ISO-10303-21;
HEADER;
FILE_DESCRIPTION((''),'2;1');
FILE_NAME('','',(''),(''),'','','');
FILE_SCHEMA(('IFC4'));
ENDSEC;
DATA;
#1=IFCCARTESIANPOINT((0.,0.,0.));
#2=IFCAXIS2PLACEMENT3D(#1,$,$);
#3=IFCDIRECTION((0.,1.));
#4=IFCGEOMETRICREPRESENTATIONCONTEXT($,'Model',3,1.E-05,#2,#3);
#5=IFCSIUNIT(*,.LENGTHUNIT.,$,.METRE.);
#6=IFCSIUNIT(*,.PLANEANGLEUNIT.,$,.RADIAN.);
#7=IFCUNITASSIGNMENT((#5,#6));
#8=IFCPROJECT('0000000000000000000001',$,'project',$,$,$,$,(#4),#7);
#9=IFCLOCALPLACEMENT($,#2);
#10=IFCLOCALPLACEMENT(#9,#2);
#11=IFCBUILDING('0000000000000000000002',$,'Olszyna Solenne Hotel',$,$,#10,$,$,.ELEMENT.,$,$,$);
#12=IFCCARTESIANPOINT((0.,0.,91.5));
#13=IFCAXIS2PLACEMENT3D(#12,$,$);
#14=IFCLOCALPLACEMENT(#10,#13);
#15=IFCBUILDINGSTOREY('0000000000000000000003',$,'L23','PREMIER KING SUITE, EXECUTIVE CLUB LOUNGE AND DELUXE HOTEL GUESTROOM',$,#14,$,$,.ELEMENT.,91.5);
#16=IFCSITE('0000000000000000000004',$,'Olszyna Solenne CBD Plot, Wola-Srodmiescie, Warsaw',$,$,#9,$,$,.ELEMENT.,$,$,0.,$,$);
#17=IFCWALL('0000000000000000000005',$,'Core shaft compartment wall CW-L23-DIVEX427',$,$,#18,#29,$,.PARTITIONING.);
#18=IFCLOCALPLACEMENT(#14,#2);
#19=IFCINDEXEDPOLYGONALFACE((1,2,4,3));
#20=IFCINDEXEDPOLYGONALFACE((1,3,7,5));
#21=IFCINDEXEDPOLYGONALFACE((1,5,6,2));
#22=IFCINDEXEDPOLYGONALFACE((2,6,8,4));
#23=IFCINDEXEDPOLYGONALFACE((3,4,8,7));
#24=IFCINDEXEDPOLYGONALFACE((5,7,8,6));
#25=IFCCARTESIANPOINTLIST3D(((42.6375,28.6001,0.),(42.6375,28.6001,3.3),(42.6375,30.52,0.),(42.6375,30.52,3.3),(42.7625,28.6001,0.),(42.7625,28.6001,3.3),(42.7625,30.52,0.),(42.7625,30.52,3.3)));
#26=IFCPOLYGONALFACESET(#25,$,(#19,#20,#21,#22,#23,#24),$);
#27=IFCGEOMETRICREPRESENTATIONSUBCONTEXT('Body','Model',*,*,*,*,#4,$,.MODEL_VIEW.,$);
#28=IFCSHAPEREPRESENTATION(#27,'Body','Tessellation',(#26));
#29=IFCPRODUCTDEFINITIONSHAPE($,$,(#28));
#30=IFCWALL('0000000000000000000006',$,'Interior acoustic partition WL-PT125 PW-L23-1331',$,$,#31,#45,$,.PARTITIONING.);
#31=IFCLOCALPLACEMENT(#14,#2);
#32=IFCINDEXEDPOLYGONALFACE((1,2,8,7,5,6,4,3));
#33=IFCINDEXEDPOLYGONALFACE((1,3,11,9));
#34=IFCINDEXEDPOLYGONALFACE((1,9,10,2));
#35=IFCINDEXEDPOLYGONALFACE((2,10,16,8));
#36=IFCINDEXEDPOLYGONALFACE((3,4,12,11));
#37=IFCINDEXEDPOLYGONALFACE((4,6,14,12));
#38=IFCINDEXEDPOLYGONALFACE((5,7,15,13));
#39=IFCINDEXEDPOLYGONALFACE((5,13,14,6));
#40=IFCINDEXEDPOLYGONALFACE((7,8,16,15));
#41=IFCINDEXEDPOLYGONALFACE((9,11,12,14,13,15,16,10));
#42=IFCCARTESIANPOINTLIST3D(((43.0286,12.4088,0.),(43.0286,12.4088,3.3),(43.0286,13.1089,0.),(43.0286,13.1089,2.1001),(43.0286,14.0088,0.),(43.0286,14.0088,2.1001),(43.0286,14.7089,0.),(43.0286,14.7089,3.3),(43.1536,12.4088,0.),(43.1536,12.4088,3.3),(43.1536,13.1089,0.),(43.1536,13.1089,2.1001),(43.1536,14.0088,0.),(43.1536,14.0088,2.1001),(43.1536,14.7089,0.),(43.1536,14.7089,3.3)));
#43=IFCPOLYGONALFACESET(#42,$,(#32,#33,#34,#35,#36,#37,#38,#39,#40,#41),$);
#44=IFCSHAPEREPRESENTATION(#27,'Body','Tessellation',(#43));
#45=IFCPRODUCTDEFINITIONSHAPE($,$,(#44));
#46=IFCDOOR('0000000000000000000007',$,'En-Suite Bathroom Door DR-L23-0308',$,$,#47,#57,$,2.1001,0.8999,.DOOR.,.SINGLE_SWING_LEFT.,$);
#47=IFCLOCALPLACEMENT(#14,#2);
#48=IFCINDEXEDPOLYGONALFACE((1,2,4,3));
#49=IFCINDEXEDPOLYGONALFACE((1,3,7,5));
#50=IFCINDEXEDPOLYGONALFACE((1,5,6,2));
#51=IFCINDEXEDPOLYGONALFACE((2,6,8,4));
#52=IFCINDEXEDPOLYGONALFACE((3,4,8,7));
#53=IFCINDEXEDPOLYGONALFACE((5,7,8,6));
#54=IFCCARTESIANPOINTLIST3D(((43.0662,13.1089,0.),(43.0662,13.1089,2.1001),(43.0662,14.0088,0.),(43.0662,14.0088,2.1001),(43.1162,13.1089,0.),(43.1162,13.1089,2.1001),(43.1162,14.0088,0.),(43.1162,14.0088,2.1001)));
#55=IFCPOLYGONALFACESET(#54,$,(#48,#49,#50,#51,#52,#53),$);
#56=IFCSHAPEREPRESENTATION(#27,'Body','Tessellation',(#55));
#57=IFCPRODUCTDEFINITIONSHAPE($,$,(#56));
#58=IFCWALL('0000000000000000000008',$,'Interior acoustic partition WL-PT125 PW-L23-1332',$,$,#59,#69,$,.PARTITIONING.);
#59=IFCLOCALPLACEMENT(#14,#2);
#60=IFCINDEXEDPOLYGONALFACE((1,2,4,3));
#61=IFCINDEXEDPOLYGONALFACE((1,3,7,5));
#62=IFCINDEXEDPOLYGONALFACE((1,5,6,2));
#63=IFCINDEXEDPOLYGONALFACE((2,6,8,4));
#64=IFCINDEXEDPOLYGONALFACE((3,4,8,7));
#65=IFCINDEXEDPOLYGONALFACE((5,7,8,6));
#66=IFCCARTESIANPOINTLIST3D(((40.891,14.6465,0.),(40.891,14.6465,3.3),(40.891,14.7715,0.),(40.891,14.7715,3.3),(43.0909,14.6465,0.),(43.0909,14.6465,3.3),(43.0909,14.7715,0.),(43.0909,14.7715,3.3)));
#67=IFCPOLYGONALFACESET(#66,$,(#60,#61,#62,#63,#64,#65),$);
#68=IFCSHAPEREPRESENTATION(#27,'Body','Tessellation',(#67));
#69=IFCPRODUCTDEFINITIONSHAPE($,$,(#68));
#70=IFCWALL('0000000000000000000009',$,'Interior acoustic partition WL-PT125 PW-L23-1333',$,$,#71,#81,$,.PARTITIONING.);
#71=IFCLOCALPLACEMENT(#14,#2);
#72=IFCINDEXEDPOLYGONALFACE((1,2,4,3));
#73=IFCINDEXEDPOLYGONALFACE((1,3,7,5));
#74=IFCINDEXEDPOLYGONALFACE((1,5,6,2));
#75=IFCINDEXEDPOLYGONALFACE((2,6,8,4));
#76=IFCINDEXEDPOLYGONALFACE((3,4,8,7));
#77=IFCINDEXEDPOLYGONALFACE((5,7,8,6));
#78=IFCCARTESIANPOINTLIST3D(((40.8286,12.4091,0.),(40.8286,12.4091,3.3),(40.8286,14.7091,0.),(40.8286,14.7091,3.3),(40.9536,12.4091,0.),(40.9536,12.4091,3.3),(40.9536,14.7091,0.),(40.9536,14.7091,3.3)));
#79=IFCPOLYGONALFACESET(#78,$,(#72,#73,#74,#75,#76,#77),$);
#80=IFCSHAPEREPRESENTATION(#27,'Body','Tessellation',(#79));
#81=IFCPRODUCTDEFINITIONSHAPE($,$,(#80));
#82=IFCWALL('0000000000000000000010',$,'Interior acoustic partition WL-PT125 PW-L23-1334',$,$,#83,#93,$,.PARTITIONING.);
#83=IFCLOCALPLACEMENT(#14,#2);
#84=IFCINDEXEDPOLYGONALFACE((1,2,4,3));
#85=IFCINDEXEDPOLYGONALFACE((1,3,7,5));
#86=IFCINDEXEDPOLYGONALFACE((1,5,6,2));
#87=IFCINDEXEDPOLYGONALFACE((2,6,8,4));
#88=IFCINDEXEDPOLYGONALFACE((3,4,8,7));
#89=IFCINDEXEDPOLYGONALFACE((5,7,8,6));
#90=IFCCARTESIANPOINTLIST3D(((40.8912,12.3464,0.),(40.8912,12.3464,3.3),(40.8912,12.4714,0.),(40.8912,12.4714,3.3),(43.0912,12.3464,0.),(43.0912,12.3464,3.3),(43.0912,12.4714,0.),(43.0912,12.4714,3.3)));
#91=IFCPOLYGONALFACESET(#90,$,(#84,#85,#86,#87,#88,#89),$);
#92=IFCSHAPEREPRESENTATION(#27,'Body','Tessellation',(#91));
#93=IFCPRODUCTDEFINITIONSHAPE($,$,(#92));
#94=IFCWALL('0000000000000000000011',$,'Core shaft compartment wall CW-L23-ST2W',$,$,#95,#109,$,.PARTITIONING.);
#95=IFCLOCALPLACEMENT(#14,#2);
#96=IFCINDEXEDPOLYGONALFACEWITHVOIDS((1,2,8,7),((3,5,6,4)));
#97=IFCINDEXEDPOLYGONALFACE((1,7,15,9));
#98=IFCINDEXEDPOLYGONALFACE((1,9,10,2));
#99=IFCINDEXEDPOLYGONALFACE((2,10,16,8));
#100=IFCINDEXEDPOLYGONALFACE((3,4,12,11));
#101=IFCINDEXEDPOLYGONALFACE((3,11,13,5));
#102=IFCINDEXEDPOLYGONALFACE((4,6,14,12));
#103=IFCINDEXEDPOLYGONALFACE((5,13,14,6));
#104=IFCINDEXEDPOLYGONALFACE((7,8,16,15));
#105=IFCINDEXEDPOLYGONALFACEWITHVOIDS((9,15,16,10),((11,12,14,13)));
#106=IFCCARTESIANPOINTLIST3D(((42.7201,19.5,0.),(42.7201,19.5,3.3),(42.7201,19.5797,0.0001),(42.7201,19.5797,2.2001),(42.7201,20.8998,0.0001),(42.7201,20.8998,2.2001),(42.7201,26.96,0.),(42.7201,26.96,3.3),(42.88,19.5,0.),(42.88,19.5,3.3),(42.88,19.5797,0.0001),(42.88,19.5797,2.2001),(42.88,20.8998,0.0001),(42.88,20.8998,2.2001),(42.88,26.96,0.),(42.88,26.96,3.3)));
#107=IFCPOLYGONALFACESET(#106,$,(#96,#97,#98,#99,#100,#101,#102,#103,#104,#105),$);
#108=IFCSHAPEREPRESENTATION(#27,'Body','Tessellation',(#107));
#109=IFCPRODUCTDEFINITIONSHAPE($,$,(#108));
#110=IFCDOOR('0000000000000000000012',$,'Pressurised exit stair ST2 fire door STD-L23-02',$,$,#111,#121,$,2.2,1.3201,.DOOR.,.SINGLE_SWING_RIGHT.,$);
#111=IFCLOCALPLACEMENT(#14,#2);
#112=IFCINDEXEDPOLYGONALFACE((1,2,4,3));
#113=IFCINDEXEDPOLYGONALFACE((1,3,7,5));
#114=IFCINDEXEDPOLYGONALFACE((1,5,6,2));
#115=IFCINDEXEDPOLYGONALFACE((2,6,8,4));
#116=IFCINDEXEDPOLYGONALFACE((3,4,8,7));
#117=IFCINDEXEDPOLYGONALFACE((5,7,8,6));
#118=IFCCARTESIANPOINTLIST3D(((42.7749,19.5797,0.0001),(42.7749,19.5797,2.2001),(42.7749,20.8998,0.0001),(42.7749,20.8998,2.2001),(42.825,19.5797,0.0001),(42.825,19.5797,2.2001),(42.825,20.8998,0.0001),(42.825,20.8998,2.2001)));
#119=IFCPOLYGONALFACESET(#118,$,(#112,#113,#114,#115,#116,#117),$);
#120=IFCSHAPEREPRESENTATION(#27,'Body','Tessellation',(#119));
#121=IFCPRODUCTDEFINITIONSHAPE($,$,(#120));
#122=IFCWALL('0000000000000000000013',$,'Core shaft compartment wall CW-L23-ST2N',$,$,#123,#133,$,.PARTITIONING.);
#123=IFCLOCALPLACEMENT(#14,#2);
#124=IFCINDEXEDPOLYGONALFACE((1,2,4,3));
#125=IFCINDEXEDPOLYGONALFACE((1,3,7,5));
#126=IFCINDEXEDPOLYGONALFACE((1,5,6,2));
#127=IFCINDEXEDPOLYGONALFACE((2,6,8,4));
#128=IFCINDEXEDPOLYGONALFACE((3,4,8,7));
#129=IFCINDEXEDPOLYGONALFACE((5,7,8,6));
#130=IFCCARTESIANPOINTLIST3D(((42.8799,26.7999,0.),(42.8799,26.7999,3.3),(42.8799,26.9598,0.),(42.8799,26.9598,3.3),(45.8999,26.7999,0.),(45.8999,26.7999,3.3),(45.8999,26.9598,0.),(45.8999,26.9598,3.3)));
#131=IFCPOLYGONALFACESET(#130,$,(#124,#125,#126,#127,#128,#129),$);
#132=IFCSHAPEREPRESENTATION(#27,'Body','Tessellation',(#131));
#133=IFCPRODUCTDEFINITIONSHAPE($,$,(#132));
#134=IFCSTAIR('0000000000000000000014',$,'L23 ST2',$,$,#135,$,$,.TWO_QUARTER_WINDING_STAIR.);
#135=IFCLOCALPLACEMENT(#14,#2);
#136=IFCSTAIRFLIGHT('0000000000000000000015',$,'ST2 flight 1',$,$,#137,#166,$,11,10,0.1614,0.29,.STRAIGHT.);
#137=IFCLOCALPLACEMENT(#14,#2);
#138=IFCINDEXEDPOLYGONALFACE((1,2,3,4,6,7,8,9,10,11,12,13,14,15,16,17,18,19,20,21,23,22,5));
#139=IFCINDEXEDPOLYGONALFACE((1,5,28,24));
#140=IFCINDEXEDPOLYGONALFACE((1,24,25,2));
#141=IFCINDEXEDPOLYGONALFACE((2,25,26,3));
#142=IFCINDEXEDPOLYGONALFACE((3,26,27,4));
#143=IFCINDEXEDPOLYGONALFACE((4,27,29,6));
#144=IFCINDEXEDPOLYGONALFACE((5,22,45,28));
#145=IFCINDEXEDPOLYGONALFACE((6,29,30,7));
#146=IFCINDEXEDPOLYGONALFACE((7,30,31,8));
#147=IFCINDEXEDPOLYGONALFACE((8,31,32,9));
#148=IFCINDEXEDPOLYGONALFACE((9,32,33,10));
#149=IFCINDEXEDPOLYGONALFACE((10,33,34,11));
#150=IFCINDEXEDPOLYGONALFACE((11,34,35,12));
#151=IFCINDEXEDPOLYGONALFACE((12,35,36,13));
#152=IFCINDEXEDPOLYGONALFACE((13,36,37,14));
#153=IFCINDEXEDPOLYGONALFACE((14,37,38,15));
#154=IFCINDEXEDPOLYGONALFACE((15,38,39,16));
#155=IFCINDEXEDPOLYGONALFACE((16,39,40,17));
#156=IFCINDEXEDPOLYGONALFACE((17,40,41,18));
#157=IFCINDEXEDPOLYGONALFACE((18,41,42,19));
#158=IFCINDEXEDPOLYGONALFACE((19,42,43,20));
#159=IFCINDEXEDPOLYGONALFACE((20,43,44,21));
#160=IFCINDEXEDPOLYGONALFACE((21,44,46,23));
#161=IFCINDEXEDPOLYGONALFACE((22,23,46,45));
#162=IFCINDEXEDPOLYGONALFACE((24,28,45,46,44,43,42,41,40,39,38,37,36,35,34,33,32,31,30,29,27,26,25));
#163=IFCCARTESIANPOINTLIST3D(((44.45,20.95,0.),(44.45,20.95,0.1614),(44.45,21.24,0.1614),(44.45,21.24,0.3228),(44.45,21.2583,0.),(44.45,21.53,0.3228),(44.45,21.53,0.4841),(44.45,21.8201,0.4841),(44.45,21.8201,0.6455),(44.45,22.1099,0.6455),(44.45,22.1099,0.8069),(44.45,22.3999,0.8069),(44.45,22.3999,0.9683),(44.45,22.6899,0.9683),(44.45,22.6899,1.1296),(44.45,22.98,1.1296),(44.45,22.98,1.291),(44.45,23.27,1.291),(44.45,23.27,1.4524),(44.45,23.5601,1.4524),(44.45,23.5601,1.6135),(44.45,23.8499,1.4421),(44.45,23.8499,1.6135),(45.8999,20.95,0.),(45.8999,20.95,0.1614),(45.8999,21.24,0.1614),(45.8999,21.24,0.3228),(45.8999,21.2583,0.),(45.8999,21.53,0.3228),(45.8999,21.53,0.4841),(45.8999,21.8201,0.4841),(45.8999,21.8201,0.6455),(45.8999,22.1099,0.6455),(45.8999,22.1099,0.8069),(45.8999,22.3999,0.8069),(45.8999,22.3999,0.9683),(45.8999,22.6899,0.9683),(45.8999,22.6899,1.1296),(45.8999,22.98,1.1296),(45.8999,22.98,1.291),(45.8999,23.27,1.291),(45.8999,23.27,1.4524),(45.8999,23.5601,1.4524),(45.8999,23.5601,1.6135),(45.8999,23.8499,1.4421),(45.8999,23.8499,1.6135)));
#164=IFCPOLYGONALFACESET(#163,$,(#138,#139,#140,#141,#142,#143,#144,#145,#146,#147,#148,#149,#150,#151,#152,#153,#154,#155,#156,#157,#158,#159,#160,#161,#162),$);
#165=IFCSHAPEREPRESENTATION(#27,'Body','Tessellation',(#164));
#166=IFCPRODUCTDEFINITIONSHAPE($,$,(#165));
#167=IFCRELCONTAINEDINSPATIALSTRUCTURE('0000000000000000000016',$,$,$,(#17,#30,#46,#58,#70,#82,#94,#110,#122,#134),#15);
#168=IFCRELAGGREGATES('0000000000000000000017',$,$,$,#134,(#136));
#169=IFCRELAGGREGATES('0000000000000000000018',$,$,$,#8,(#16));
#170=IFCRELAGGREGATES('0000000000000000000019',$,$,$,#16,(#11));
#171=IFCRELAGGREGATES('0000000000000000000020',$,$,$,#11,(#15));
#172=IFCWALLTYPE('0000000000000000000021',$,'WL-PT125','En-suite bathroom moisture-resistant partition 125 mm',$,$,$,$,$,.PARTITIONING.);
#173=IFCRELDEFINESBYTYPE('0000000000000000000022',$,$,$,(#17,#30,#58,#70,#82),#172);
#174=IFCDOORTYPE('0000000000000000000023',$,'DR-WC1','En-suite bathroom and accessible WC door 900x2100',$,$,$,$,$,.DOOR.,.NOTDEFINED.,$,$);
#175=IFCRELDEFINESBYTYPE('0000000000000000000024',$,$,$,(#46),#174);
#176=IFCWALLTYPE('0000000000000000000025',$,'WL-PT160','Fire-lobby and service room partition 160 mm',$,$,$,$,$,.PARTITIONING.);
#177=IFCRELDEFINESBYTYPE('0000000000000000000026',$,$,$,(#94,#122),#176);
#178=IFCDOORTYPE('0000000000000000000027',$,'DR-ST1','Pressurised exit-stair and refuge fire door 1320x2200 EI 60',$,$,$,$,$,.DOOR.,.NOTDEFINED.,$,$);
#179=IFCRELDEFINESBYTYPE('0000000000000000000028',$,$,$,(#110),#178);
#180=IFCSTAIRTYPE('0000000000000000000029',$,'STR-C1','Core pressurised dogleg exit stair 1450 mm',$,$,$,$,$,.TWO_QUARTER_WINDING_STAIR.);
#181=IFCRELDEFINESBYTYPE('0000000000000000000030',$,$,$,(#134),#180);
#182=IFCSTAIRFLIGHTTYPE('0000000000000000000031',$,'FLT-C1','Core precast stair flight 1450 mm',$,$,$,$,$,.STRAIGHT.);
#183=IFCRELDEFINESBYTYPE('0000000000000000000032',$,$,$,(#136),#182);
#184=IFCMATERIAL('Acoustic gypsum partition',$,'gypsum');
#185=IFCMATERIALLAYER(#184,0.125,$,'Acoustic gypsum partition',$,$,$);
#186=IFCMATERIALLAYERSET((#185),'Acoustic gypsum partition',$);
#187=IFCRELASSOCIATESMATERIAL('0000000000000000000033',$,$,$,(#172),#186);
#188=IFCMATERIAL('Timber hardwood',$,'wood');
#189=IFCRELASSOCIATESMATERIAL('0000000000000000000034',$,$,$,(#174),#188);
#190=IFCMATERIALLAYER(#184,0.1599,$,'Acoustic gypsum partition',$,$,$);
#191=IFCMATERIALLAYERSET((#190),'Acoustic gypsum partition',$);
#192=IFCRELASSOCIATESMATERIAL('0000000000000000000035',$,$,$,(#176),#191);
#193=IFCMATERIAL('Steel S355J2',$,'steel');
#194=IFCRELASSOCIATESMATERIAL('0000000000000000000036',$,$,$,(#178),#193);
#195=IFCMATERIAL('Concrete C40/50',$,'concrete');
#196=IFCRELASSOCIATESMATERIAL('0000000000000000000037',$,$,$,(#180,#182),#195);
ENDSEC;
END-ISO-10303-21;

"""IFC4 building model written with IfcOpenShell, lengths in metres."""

from ifc_helpers import new_model, si_unit, direction, frame, frame_2d, origin, place, context, subcontext, project, spatial, polyline, rectangle, outline, extrude, source, transform, mapped, material, layer, layer_set, type_object, type_shapes, element, fill, aggregate, save


model = new_model("IFC4")

# Units and contexts
model_context = context("Model", 3, precision=1e-05, world=origin(), true_north=direction((0.0, 1.0)))
body_context = subcontext(model_context, "Body", "Model", "MODEL_VIEW")
ifc_project = project(units=[si_unit("LENGTHUNIT", "METRE"), si_unit("PLANEANGLEUNIT", "RADIAN")], contexts=[model_context])

# Site, building, storey
site_placement = place(None, origin())
site = spatial("IfcSite", under=ifc_project, at=site_placement, Name="Olszyna Solenne CBD Plot, Wola-Srodmiescie, Warsaw", CompositionType="ELEMENT", RefElevation=0.0)
building_placement = place(site_placement, origin())
building = spatial("IfcBuilding", under=site, at=building_placement, Name="Olszyna Solenne Hotel", CompositionType="ELEMENT")
storey_placement = place(building_placement, frame((0.0, 0.0, 91.5)))
storey = spatial("IfcBuildingStorey", under=building, at=storey_placement, Name="L23", Description="PREMIER KING SUITE, EXECUTIVE CLUB LOUNGE AND DELUXE HOTEL GUESTROOM", CompositionType="ELEMENT", Elevation=91.5)

# Wall
ifc_material_1 = material(Name="Acoustic gypsum partition", Category="gypsum")
ifc_layer_1 = layer(ifc_material_1, 0.125, Name="Acoustic gypsum partition")
ifc_layer_set_1 = layer_set([ifc_layer_1], Name="Acoustic gypsum partition")
wall_type_1 = type_object("IfcWallType", Name="WL-PT125", Description="En-suite bathroom moisture-resistant partition 125 mm", PredefinedType="PARTITIONING", material=ifc_layer_set_1)
wall_1_placement = place(storey_placement, frame((42.7, 28.6001, 0.0), z_axis=(0.0, 0.0, 1.0), x_axis=(0.0, 1.0, 0.0)))
element("IfcWall", 1, at=wall_1_placement, inside=storey, type_object=wall_type_1, Name="Core shaft compartment wall CW-L23-DIVEX427", PredefinedType="PARTITIONING", context=body_context, shape_type="SweptSolid", body=[
    extrude(rectangle(XDim=1.9199, YDim=0.125, at=frame_2d((0.96, 0.0))), origin(), (0.0, 0.0, 1.0), 3.3),
])

# Wall, opening, door
wall_2_placement = place(storey_placement, frame((43.0911, 12.4089, 0.0), z_axis=(0.0, 0.0, 1.0), x_axis=(0.0, 1.0, 0.0)))
wall_2 = element("IfcWall", 2, at=wall_2_placement, inside=storey, type_object=wall_type_1, Name="Interior acoustic partition WL-PT125 PW-L23-1331", PredefinedType="PARTITIONING", context=body_context, shape_type="SweptSolid", body=[
    extrude(rectangle(XDim=2.3, YDim=0.125, at=frame_2d((1.1499, 0.0))), origin(), (0.0, 0.0, 1.0), 3.3),
])
opening_1_placement = place(wall_2_placement, frame((0.7, 0.0, 0.0)))
opening_1 = element("IfcOpeningElement", 3, at=opening_1_placement, cuts=wall_2, PredefinedType="OPENING", context=body_context, shape_type="SweptSolid", body=[
    extrude(rectangle(XDim=0.8999, YDim=2.1001, at=frame_2d((0.45, 1.05))), frame((0.0, 0.0725, 0.0), z_axis=(0.0, -1.0, 0.0), x_axis=(1.0, 0.0, 0.0)), (0.0, 0.0, 1.0), 0.145),
])
ifc_material_2 = material(Name="Timber hardwood", Category="wood")
door_type_1 = type_object("IfcDoorType", Name="DR-WC1", Description="En-suite bathroom and accessible WC door 900x2100", OperationType="NOTDEFINED", PredefinedType="DOOR", material=ifc_material_2)
shared_shape_1 = source(origin(), body_context, "Body", "SweptSolid", [
    extrude(rectangle(XDim=0.8999, YDim=2.1001, at=frame_2d((0.45, 1.05))), frame((0.0, 0.0249, 0.0), z_axis=(0.0, -1.0, 0.0), x_axis=(1.0, 0.0, 0.0)), (0.0, 0.0, 1.0), 0.05),
])
type_shapes(door_type_1, [shared_shape_1])
door_1_placement = place(opening_1_placement, origin())
door_1 = element("IfcDoor", 4, at=door_1_placement, inside=storey, type_object=door_type_1, Name="En-Suite Bathroom Door DR-L23-0308", OperationType="SINGLE_SWING_LEFT", OverallHeight=2.1001, OverallWidth=0.8999, PredefinedType="DOOR", context=body_context, shape_type="MappedRepresentation", body=[
    mapped(shared_shape_1, transform((0.0, 0.0, 0.0), x_axis=(1.0, 0.0, 0.0), y_axis=(0.0, 1.0, 0.0), z_axis=(0.0, 0.0, 1.0), scale=1.0)),
])
fill(opening_1, door_1)

# Walls
wall_3_placement = place(storey_placement, frame((43.0911, 14.709, 0.0), z_axis=(0.0, 0.0, 1.0), x_axis=(-1.0, 0.0, 0.0)))
element("IfcWall", 5, at=wall_3_placement, inside=storey, type_object=wall_type_1, Name="Interior acoustic partition WL-PT125 PW-L23-1332", PredefinedType="PARTITIONING", context=body_context, shape_type="SweptSolid", body=[
    extrude(rectangle(XDim=2.2, YDim=0.125, at=frame_2d((1.1001, 0.0))), origin(), (0.0, 0.0, 1.0), 3.3),
])
wall_4_placement = place(storey_placement, frame((40.8911, 14.709, 0.0), z_axis=(0.0, 0.0, 1.0), x_axis=(0.0, -1.0, 0.0)))
element("IfcWall", 6, at=wall_4_placement, inside=storey, type_object=wall_type_1, Name="Interior acoustic partition WL-PT125 PW-L23-1333", PredefinedType="PARTITIONING", context=body_context, shape_type="SweptSolid", body=[
    extrude(rectangle(XDim=2.3, YDim=0.125, at=frame_2d((1.1499, 0.0))), origin(), (0.0, 0.0, 1.0), 3.3),
])
wall_5_placement = place(storey_placement, frame((40.8911, 12.4089, 0.0), z_axis=(0.0, 0.0, 1.0), x_axis=(1.0, 0.0, 0.0)))
element("IfcWall", 7, at=wall_5_placement, inside=storey, type_object=wall_type_1, Name="Interior acoustic partition WL-PT125 PW-L23-1334", PredefinedType="PARTITIONING", context=body_context, shape_type="SweptSolid", body=[
    extrude(rectangle(XDim=2.2, YDim=0.125, at=frame_2d((1.1001, 0.0))), origin(), (0.0, 0.0, 1.0), 3.3),
])

# Wall, opening, door
ifc_layer_2 = layer(ifc_material_1, 0.1599, Name="Acoustic gypsum partition")
ifc_layer_set_2 = layer_set([ifc_layer_2], Name="Acoustic gypsum partition")
wall_type_2 = type_object("IfcWallType", Name="WL-PT160", Description="Fire-lobby and service room partition 160 mm", PredefinedType="PARTITIONING", material=ifc_layer_set_2)
wall_6_placement = place(storey_placement, frame((42.8, 26.96, 0.0), z_axis=(0.0, 0.0, 1.0), x_axis=(0.0, -1.0, 0.0)))
wall_6 = element("IfcWall", 8, at=wall_6_placement, inside=storey, type_object=wall_type_2, Name="Core shaft compartment wall CW-L23-ST2W", PredefinedType="PARTITIONING", context=body_context, shape_type="SweptSolid", body=[
    extrude(rectangle(XDim=7.46, YDim=0.1599, at=frame_2d((3.73, 0.0))), origin(), (0.0, 0.0, 1.0), 3.3),
])
opening_2_placement = place(wall_6_placement, frame((6.0601, 0.0, 0.0)))
opening_2 = element("IfcOpeningElement", 9, at=opening_2_placement, cuts=wall_6, PredefinedType="OPENING", context=body_context, shape_type="SweptSolid", body=[
    extrude(rectangle(XDim=1.3201, YDim=2.2, at=frame_2d((0.6602, 1.1001))), frame((0.0, 0.0898, 0.0), z_axis=(0.0, -1.0, 0.0), x_axis=(1.0, 0.0, 0.0)), (0.0, 0.0, 1.0), 0.1799),
])
ifc_material_3 = material(Name="Steel S355J2", Category="steel")
door_type_2 = type_object("IfcDoorType", Name="DR-ST1", Description="Pressurised exit-stair and refuge fire door 1320x2200 EI 60", OperationType="NOTDEFINED", PredefinedType="DOOR", material=ifc_material_3)
shared_shape_2 = source(origin(), body_context, "Body", "SweptSolid", [
    extrude(rectangle(XDim=1.3201, YDim=2.2, at=frame_2d((0.6602, 1.1001))), frame((0.0, 0.0249, 0.0), z_axis=(0.0, -1.0, 0.0), x_axis=(1.0, 0.0, 0.0)), (0.0, 0.0, 1.0), 0.05),
])
type_shapes(door_type_2, [shared_shape_2])
door_2_placement = place(opening_2_placement, origin())
door_2 = element("IfcDoor", 10, at=door_2_placement, inside=storey, type_object=door_type_2, Name="Pressurised exit stair ST2 fire door STD-L23-02", OperationType="SINGLE_SWING_RIGHT", OverallHeight=2.2, OverallWidth=1.3201, PredefinedType="DOOR", context=body_context, shape_type="MappedRepresentation", body=[
    mapped(shared_shape_2, transform((0.0, 0.0, 0.0), x_axis=(1.0, 0.0, 0.0), y_axis=(0.0, 1.0, 0.0), z_axis=(0.0, 0.0, 1.0), scale=1.0)),
])
fill(opening_2, door_2)

# Wall
wall_7_placement = place(storey_placement, frame((42.8799, 26.8799, 0.0), z_axis=(0.0, 0.0, 1.0), x_axis=(1.0, 0.0, 0.0)))
element("IfcWall", 11, at=wall_7_placement, inside=storey, type_object=wall_type_2, Name="Core shaft compartment wall CW-L23-ST2N", PredefinedType="PARTITIONING", context=body_context, shape_type="SweptSolid", body=[
    extrude(rectangle(XDim=3.02, YDim=0.1599, at=frame_2d((1.51, 0.0))), origin(), (0.0, 0.0, 1.0), 3.3),
])

# Stair, stair flight
ifc_material_4 = material(Name="Concrete C40/50", Category="concrete")
stair_type = type_object("IfcStairType", Name="STR-C1", Description="Core pressurised dogleg exit stair 1450 mm", PredefinedType="TWO_QUARTER_WINDING_STAIR", material=ifc_material_4)
stair_placement = place(storey_placement, origin())
stair = element("IfcStair", 12, at=stair_placement, inside=storey, type_object=stair_type, Name="L23 ST2", PredefinedType="TWO_QUARTER_WINDING_STAIR")
stair_flight_type = type_object("IfcStairFlightType", Name="FLT-C1", Description="Core precast stair flight 1450 mm", PredefinedType="STRAIGHT", material=ifc_material_4)
stair_flight_1_placement = place(storey_placement, frame((45.175, 20.95, 0.0), z_axis=(0.0, 0.0, 1.0), x_axis=(0.0, 1.0, 0.0)))
stair_flight_1 = element("IfcStairFlight", 13, at=stair_flight_1_placement, type_object=stair_flight_type, Name="ST2 flight 1", NumberOfRisers=11, NumberOfTreads=10, PredefinedType="STRAIGHT", RiserHeight=0.1614, TreadLength=0.29, context=body_context, shape_type="SweptSolid", body=[
    extrude(outline(polyline([(0.0, 0.0), (0.0, 0.1614), (0.29, 0.1614), (0.29, 0.3228), (0.5801, 0.3228), (0.5801, 0.4841), (0.8701, 0.4841), (0.8701, 0.6455), (1.1599, 0.6455), (1.1599, 0.8069), (1.45, 0.8069), (1.45, 0.9683), (1.74, 0.9683), (1.74, 1.1296), (2.03, 1.1296), (2.03, 1.291), (2.3201, 1.291), (2.3201, 1.4524), (2.6101, 1.4524), (2.6101, 1.6135), (2.8999, 1.6135), (2.8999, 1.7749), (2.8999, 1.4421), (0.3083, 0.0), (0.0, 0.0)])), frame((0.0, 0.7251, 0.0), z_axis=(0.0, -1.0, 0.0), x_axis=(1.0, 0.0, 0.0)), (0.0, 0.0, 1.0), 1.45),
])
aggregate(stair, [stair_flight_1])

save(model, "model.ifc")
